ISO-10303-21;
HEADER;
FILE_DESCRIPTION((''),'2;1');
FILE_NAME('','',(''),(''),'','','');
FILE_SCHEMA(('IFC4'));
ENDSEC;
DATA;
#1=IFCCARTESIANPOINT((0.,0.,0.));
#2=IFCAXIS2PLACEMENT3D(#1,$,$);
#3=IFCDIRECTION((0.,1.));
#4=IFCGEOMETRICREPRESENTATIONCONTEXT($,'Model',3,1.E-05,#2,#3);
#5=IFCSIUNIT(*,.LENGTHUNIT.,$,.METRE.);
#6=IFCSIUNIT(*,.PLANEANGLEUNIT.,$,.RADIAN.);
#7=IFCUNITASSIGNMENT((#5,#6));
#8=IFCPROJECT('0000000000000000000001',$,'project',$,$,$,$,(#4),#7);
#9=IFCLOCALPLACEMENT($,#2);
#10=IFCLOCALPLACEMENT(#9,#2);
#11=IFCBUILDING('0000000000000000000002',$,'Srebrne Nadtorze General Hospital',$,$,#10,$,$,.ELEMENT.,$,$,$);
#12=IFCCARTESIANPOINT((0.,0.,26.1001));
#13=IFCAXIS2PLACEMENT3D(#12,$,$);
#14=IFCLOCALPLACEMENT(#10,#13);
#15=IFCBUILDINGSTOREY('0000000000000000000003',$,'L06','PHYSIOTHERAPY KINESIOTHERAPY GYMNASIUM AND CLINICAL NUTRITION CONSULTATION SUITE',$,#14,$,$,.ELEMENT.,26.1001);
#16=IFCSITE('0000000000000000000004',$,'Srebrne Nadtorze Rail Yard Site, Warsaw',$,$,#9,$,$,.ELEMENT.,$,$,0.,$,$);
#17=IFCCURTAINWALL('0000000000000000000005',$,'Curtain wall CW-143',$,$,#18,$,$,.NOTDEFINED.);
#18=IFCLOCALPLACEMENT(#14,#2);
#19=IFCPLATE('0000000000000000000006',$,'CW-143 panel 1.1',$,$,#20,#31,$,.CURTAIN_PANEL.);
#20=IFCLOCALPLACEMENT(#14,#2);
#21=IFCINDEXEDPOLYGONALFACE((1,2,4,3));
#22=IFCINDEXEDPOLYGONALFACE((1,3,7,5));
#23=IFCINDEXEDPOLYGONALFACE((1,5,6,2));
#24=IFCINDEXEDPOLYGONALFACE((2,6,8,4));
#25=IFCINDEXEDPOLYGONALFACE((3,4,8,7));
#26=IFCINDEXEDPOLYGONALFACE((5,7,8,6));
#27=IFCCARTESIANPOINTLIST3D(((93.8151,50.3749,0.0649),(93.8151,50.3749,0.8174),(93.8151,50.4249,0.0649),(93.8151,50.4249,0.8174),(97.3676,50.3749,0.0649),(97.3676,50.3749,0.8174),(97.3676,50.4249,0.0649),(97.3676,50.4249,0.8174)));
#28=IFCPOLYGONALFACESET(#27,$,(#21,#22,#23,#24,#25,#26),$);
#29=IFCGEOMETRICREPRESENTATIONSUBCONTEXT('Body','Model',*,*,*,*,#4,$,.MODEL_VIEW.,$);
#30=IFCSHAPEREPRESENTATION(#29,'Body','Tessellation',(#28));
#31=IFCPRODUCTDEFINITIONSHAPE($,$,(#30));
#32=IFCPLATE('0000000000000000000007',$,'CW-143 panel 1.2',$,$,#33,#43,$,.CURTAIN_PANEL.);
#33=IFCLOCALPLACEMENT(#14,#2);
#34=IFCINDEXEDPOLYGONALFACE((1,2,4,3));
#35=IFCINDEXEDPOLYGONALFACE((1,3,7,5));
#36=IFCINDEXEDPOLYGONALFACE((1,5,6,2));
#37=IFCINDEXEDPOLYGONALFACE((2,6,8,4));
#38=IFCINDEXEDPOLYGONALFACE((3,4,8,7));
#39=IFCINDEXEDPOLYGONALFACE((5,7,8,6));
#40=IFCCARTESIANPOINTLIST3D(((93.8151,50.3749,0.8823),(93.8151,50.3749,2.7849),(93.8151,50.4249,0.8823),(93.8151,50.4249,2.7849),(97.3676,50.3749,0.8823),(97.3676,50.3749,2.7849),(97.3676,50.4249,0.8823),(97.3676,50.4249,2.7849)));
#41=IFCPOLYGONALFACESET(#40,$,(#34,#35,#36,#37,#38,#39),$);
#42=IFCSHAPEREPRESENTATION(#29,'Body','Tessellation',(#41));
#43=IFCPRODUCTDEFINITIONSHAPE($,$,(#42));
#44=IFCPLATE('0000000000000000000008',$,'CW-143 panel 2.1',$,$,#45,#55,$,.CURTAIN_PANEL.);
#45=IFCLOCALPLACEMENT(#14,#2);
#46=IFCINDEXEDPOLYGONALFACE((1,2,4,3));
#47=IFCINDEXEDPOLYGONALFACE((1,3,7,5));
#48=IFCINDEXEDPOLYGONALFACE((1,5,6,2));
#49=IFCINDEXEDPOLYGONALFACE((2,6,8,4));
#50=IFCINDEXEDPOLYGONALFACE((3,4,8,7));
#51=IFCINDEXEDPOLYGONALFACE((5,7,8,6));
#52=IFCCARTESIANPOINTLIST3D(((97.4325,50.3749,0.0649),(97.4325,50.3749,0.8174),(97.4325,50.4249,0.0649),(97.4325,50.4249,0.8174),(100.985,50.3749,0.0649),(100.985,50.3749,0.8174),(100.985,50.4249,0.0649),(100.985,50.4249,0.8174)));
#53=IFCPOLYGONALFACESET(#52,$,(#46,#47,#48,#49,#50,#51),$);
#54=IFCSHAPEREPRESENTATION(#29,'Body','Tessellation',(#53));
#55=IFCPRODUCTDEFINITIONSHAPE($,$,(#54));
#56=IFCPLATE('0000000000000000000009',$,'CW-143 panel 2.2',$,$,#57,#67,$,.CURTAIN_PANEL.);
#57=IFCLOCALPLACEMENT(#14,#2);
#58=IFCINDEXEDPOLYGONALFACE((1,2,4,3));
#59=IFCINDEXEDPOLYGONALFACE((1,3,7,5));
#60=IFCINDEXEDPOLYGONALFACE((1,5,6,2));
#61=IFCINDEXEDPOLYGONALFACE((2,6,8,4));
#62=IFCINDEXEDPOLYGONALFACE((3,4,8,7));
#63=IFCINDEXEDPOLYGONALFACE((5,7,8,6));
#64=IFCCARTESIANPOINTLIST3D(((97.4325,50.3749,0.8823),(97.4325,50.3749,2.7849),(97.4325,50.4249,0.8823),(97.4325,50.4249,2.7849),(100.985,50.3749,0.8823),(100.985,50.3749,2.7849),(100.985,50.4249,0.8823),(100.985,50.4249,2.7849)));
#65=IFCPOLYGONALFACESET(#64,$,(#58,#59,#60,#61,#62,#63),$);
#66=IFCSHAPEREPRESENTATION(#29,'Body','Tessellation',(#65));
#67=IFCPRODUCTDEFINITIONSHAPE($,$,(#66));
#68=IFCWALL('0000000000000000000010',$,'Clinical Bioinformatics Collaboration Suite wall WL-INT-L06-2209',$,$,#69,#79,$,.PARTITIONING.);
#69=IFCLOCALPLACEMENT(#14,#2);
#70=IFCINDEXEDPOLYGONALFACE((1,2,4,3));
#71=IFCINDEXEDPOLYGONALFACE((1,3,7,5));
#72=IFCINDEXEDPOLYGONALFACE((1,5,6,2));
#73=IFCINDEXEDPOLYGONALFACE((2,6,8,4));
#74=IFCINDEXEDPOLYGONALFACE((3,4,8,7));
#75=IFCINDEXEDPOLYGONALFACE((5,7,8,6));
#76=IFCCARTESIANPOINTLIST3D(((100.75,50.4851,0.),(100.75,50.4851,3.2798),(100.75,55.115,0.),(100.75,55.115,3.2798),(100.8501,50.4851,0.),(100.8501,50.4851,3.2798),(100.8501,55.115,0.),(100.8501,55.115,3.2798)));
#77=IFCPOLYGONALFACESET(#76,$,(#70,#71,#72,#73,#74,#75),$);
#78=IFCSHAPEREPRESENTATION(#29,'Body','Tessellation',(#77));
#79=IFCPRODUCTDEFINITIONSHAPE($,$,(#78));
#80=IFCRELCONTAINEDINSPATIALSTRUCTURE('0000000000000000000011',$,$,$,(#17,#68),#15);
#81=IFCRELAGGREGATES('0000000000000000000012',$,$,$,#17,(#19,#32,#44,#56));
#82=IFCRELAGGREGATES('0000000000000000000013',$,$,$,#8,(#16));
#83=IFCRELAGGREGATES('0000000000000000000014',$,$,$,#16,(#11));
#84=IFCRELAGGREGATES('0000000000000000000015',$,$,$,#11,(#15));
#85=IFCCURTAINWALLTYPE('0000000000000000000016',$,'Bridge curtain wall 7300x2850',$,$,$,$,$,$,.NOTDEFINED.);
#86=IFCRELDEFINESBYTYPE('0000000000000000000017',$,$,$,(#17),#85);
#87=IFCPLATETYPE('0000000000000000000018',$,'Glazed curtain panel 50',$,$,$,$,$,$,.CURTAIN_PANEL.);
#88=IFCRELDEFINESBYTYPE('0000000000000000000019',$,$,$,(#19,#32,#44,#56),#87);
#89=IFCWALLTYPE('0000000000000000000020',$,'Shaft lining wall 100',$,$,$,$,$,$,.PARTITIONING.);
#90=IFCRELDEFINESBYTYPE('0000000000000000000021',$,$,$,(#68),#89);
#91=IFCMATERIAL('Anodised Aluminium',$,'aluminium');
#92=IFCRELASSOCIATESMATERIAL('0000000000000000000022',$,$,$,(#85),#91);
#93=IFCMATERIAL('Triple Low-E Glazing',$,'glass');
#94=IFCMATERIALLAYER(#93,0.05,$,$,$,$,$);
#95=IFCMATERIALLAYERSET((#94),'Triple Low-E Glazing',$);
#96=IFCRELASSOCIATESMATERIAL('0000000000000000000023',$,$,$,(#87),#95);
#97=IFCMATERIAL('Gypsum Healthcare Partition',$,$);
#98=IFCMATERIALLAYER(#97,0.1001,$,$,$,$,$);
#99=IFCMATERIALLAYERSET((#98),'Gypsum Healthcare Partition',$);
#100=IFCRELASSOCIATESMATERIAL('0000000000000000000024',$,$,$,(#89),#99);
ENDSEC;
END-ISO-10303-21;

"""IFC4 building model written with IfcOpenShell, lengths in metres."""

from ifc_helpers import new_model, si_unit, direction, frame, frame_2d, origin, origin_2d, place, context, subcontext, project, spatial, rectangle, extrude, material, layer, layer_set, type_object, element, aggregate, save


model = new_model("IFC4")

# Units and contexts
model_context = context("Model", 3, precision=1e-05, world=origin(), true_north=direction((0.0, 1.0)))
body_context = subcontext(model_context, "Body", "Model", "MODEL_VIEW")
ifc_project = project(units=[si_unit("LENGTHUNIT", "METRE"), si_unit("PLANEANGLEUNIT", "RADIAN")], contexts=[model_context])

# Site, building, storey
site_placement = place(None, origin())
site = spatial("IfcSite", under=ifc_project, at=site_placement, Name="Srebrne Nadtorze Rail Yard Site, Warsaw", CompositionType="ELEMENT", RefElevation=0.0)
building_placement = place(site_placement, origin())
building = spatial("IfcBuilding", under=site, at=building_placement, Name="Srebrne Nadtorze General Hospital", CompositionType="ELEMENT")
storey_placement = place(building_placement, frame((0.0, 0.0, 26.1001)))
storey = spatial("IfcBuildingStorey", under=building, at=storey_placement, Name="L06", Description="PHYSIOTHERAPY KINESIOTHERAPY GYMNASIUM AND CLINICAL NUTRITION CONSULTATION SUITE", CompositionType="ELEMENT", Elevation=26.1001)

# Curtain wall
ifc_material_1 = material(Name="Anodised Aluminium", Category="aluminium")
curtain_wall_type_1 = type_object("IfcCurtainWallType", Name="Bridge curtain wall 7300x2850", PredefinedType="NOTDEFINED", material=ifc_material_1)
curtain_wall_1_placement = place(storey_placement, origin())
curtain_wall_1 = element("IfcCurtainWall", 1, at=curtain_wall_1_placement, inside=storey, type_object=curtain_wall_type_1, Name="Curtain wall CW-143", PredefinedType="NOTDEFINED")

# Plates
ifc_material_2 = material(Name="Triple Low-E Glazing", Category="glass")
ifc_layer_1 = layer(ifc_material_2, 0.05)
ifc_layer_set_1 = layer_set([ifc_layer_1], Name="Triple Low-E Glazing")
plate_type = type_object("IfcPlateType", Name="Glazed curtain panel 50", PredefinedType="CURTAIN_PANEL", material=ifc_layer_set_1)
plate_1_placement = place(storey_placement, frame((95.5913, 50.3999, 0.0649), z_axis=(0.0, 0.0, 1.0), x_axis=(1.0, 0.0, 0.0)))
plate_1 = element("IfcPlate", 2, at=plate_1_placement, type_object=plate_type, Name="CW-143 panel 1.1", PredefinedType="CURTAIN_PANEL", context=body_context, shape_type="SweptSolid", body=[
    extrude(rectangle(XDim=3.5525, YDim=0.05, at=origin_2d()), origin(), (0.0, 0.0, 1.0), 0.7524),
])
plate_2_placement = place(storey_placement, frame((95.5913, 50.3999, 0.8823), z_axis=(0.0, 0.0, 1.0), x_axis=(1.0, 0.0, 0.0)))
plate_2 = element("IfcPlate", 3, at=plate_2_placement, type_object=plate_type, Name="CW-143 panel 1.2", PredefinedType="CURTAIN_PANEL", context=body_context, shape_type="SweptSolid", body=[
    extrude(rectangle(XDim=3.5525, YDim=0.05, at=origin_2d()), origin(), (0.0, 0.0, 1.0), 1.9026),
])
plate_3_placement = place(storey_placement, frame((99.2087, 50.3999, 0.0649), z_axis=(0.0, 0.0, 1.0), x_axis=(1.0, 0.0, 0.0)))
plate_3 = element("IfcPlate", 4, at=plate_3_placement, type_object=plate_type, Name="CW-143 panel 2.1", PredefinedType="CURTAIN_PANEL", context=body_context, shape_type="SweptSolid", body=[
    extrude(rectangle(XDim=3.5525, YDim=0.05, at=origin_2d()), origin(), (0.0, 0.0, 1.0), 0.7524),
])
plate_4_placement = place(storey_placement, frame((99.2087, 50.3999, 0.8823), z_axis=(0.0, 0.0, 1.0), x_axis=(1.0, 0.0, 0.0)))
plate_4 = element("IfcPlate", 5, at=plate_4_placement, type_object=plate_type, Name="CW-143 panel 2.2", PredefinedType="CURTAIN_PANEL", context=body_context, shape_type="SweptSolid", body=[
    extrude(rectangle(XDim=3.5525, YDim=0.05, at=origin_2d()), origin(), (0.0, 0.0, 1.0), 1.9026),
])
aggregate(curtain_wall_1, [plate_1, plate_2, plate_3, plate_4])

# Wall
ifc_material_3 = material(Name="Gypsum Healthcare Partition")
ifc_layer_2 = layer(ifc_material_3, 0.1001)
ifc_layer_set_2 = layer_set([ifc_layer_2], Name="Gypsum Healthcare Partition")
wall_type = type_object("IfcWallType", Name="Shaft lining wall 100", PredefinedType="PARTITIONING", material=ifc_layer_set_2)
wall_placement = place(storey_placement, frame((100.8, 50.4851, 0.0), z_axis=(0.0, 0.0, 1.0), x_axis=(0.0, 1.0, 0.0)))
element("IfcWall", 6, at=wall_placement, inside=storey, type_object=wall_type, Name="Clinical Bioinformatics Collaboration Suite wall WL-INT-L06-2209", PredefinedType="PARTITIONING", context=body_context, shape_type="SweptSolid", body=[
    extrude(rectangle(XDim=4.6299, YDim=0.1001, at=frame_2d((2.3149, 0.0))), origin(), (0.0, 0.0, 1.0), 3.2798),
])

save(model, "model.ifc")
